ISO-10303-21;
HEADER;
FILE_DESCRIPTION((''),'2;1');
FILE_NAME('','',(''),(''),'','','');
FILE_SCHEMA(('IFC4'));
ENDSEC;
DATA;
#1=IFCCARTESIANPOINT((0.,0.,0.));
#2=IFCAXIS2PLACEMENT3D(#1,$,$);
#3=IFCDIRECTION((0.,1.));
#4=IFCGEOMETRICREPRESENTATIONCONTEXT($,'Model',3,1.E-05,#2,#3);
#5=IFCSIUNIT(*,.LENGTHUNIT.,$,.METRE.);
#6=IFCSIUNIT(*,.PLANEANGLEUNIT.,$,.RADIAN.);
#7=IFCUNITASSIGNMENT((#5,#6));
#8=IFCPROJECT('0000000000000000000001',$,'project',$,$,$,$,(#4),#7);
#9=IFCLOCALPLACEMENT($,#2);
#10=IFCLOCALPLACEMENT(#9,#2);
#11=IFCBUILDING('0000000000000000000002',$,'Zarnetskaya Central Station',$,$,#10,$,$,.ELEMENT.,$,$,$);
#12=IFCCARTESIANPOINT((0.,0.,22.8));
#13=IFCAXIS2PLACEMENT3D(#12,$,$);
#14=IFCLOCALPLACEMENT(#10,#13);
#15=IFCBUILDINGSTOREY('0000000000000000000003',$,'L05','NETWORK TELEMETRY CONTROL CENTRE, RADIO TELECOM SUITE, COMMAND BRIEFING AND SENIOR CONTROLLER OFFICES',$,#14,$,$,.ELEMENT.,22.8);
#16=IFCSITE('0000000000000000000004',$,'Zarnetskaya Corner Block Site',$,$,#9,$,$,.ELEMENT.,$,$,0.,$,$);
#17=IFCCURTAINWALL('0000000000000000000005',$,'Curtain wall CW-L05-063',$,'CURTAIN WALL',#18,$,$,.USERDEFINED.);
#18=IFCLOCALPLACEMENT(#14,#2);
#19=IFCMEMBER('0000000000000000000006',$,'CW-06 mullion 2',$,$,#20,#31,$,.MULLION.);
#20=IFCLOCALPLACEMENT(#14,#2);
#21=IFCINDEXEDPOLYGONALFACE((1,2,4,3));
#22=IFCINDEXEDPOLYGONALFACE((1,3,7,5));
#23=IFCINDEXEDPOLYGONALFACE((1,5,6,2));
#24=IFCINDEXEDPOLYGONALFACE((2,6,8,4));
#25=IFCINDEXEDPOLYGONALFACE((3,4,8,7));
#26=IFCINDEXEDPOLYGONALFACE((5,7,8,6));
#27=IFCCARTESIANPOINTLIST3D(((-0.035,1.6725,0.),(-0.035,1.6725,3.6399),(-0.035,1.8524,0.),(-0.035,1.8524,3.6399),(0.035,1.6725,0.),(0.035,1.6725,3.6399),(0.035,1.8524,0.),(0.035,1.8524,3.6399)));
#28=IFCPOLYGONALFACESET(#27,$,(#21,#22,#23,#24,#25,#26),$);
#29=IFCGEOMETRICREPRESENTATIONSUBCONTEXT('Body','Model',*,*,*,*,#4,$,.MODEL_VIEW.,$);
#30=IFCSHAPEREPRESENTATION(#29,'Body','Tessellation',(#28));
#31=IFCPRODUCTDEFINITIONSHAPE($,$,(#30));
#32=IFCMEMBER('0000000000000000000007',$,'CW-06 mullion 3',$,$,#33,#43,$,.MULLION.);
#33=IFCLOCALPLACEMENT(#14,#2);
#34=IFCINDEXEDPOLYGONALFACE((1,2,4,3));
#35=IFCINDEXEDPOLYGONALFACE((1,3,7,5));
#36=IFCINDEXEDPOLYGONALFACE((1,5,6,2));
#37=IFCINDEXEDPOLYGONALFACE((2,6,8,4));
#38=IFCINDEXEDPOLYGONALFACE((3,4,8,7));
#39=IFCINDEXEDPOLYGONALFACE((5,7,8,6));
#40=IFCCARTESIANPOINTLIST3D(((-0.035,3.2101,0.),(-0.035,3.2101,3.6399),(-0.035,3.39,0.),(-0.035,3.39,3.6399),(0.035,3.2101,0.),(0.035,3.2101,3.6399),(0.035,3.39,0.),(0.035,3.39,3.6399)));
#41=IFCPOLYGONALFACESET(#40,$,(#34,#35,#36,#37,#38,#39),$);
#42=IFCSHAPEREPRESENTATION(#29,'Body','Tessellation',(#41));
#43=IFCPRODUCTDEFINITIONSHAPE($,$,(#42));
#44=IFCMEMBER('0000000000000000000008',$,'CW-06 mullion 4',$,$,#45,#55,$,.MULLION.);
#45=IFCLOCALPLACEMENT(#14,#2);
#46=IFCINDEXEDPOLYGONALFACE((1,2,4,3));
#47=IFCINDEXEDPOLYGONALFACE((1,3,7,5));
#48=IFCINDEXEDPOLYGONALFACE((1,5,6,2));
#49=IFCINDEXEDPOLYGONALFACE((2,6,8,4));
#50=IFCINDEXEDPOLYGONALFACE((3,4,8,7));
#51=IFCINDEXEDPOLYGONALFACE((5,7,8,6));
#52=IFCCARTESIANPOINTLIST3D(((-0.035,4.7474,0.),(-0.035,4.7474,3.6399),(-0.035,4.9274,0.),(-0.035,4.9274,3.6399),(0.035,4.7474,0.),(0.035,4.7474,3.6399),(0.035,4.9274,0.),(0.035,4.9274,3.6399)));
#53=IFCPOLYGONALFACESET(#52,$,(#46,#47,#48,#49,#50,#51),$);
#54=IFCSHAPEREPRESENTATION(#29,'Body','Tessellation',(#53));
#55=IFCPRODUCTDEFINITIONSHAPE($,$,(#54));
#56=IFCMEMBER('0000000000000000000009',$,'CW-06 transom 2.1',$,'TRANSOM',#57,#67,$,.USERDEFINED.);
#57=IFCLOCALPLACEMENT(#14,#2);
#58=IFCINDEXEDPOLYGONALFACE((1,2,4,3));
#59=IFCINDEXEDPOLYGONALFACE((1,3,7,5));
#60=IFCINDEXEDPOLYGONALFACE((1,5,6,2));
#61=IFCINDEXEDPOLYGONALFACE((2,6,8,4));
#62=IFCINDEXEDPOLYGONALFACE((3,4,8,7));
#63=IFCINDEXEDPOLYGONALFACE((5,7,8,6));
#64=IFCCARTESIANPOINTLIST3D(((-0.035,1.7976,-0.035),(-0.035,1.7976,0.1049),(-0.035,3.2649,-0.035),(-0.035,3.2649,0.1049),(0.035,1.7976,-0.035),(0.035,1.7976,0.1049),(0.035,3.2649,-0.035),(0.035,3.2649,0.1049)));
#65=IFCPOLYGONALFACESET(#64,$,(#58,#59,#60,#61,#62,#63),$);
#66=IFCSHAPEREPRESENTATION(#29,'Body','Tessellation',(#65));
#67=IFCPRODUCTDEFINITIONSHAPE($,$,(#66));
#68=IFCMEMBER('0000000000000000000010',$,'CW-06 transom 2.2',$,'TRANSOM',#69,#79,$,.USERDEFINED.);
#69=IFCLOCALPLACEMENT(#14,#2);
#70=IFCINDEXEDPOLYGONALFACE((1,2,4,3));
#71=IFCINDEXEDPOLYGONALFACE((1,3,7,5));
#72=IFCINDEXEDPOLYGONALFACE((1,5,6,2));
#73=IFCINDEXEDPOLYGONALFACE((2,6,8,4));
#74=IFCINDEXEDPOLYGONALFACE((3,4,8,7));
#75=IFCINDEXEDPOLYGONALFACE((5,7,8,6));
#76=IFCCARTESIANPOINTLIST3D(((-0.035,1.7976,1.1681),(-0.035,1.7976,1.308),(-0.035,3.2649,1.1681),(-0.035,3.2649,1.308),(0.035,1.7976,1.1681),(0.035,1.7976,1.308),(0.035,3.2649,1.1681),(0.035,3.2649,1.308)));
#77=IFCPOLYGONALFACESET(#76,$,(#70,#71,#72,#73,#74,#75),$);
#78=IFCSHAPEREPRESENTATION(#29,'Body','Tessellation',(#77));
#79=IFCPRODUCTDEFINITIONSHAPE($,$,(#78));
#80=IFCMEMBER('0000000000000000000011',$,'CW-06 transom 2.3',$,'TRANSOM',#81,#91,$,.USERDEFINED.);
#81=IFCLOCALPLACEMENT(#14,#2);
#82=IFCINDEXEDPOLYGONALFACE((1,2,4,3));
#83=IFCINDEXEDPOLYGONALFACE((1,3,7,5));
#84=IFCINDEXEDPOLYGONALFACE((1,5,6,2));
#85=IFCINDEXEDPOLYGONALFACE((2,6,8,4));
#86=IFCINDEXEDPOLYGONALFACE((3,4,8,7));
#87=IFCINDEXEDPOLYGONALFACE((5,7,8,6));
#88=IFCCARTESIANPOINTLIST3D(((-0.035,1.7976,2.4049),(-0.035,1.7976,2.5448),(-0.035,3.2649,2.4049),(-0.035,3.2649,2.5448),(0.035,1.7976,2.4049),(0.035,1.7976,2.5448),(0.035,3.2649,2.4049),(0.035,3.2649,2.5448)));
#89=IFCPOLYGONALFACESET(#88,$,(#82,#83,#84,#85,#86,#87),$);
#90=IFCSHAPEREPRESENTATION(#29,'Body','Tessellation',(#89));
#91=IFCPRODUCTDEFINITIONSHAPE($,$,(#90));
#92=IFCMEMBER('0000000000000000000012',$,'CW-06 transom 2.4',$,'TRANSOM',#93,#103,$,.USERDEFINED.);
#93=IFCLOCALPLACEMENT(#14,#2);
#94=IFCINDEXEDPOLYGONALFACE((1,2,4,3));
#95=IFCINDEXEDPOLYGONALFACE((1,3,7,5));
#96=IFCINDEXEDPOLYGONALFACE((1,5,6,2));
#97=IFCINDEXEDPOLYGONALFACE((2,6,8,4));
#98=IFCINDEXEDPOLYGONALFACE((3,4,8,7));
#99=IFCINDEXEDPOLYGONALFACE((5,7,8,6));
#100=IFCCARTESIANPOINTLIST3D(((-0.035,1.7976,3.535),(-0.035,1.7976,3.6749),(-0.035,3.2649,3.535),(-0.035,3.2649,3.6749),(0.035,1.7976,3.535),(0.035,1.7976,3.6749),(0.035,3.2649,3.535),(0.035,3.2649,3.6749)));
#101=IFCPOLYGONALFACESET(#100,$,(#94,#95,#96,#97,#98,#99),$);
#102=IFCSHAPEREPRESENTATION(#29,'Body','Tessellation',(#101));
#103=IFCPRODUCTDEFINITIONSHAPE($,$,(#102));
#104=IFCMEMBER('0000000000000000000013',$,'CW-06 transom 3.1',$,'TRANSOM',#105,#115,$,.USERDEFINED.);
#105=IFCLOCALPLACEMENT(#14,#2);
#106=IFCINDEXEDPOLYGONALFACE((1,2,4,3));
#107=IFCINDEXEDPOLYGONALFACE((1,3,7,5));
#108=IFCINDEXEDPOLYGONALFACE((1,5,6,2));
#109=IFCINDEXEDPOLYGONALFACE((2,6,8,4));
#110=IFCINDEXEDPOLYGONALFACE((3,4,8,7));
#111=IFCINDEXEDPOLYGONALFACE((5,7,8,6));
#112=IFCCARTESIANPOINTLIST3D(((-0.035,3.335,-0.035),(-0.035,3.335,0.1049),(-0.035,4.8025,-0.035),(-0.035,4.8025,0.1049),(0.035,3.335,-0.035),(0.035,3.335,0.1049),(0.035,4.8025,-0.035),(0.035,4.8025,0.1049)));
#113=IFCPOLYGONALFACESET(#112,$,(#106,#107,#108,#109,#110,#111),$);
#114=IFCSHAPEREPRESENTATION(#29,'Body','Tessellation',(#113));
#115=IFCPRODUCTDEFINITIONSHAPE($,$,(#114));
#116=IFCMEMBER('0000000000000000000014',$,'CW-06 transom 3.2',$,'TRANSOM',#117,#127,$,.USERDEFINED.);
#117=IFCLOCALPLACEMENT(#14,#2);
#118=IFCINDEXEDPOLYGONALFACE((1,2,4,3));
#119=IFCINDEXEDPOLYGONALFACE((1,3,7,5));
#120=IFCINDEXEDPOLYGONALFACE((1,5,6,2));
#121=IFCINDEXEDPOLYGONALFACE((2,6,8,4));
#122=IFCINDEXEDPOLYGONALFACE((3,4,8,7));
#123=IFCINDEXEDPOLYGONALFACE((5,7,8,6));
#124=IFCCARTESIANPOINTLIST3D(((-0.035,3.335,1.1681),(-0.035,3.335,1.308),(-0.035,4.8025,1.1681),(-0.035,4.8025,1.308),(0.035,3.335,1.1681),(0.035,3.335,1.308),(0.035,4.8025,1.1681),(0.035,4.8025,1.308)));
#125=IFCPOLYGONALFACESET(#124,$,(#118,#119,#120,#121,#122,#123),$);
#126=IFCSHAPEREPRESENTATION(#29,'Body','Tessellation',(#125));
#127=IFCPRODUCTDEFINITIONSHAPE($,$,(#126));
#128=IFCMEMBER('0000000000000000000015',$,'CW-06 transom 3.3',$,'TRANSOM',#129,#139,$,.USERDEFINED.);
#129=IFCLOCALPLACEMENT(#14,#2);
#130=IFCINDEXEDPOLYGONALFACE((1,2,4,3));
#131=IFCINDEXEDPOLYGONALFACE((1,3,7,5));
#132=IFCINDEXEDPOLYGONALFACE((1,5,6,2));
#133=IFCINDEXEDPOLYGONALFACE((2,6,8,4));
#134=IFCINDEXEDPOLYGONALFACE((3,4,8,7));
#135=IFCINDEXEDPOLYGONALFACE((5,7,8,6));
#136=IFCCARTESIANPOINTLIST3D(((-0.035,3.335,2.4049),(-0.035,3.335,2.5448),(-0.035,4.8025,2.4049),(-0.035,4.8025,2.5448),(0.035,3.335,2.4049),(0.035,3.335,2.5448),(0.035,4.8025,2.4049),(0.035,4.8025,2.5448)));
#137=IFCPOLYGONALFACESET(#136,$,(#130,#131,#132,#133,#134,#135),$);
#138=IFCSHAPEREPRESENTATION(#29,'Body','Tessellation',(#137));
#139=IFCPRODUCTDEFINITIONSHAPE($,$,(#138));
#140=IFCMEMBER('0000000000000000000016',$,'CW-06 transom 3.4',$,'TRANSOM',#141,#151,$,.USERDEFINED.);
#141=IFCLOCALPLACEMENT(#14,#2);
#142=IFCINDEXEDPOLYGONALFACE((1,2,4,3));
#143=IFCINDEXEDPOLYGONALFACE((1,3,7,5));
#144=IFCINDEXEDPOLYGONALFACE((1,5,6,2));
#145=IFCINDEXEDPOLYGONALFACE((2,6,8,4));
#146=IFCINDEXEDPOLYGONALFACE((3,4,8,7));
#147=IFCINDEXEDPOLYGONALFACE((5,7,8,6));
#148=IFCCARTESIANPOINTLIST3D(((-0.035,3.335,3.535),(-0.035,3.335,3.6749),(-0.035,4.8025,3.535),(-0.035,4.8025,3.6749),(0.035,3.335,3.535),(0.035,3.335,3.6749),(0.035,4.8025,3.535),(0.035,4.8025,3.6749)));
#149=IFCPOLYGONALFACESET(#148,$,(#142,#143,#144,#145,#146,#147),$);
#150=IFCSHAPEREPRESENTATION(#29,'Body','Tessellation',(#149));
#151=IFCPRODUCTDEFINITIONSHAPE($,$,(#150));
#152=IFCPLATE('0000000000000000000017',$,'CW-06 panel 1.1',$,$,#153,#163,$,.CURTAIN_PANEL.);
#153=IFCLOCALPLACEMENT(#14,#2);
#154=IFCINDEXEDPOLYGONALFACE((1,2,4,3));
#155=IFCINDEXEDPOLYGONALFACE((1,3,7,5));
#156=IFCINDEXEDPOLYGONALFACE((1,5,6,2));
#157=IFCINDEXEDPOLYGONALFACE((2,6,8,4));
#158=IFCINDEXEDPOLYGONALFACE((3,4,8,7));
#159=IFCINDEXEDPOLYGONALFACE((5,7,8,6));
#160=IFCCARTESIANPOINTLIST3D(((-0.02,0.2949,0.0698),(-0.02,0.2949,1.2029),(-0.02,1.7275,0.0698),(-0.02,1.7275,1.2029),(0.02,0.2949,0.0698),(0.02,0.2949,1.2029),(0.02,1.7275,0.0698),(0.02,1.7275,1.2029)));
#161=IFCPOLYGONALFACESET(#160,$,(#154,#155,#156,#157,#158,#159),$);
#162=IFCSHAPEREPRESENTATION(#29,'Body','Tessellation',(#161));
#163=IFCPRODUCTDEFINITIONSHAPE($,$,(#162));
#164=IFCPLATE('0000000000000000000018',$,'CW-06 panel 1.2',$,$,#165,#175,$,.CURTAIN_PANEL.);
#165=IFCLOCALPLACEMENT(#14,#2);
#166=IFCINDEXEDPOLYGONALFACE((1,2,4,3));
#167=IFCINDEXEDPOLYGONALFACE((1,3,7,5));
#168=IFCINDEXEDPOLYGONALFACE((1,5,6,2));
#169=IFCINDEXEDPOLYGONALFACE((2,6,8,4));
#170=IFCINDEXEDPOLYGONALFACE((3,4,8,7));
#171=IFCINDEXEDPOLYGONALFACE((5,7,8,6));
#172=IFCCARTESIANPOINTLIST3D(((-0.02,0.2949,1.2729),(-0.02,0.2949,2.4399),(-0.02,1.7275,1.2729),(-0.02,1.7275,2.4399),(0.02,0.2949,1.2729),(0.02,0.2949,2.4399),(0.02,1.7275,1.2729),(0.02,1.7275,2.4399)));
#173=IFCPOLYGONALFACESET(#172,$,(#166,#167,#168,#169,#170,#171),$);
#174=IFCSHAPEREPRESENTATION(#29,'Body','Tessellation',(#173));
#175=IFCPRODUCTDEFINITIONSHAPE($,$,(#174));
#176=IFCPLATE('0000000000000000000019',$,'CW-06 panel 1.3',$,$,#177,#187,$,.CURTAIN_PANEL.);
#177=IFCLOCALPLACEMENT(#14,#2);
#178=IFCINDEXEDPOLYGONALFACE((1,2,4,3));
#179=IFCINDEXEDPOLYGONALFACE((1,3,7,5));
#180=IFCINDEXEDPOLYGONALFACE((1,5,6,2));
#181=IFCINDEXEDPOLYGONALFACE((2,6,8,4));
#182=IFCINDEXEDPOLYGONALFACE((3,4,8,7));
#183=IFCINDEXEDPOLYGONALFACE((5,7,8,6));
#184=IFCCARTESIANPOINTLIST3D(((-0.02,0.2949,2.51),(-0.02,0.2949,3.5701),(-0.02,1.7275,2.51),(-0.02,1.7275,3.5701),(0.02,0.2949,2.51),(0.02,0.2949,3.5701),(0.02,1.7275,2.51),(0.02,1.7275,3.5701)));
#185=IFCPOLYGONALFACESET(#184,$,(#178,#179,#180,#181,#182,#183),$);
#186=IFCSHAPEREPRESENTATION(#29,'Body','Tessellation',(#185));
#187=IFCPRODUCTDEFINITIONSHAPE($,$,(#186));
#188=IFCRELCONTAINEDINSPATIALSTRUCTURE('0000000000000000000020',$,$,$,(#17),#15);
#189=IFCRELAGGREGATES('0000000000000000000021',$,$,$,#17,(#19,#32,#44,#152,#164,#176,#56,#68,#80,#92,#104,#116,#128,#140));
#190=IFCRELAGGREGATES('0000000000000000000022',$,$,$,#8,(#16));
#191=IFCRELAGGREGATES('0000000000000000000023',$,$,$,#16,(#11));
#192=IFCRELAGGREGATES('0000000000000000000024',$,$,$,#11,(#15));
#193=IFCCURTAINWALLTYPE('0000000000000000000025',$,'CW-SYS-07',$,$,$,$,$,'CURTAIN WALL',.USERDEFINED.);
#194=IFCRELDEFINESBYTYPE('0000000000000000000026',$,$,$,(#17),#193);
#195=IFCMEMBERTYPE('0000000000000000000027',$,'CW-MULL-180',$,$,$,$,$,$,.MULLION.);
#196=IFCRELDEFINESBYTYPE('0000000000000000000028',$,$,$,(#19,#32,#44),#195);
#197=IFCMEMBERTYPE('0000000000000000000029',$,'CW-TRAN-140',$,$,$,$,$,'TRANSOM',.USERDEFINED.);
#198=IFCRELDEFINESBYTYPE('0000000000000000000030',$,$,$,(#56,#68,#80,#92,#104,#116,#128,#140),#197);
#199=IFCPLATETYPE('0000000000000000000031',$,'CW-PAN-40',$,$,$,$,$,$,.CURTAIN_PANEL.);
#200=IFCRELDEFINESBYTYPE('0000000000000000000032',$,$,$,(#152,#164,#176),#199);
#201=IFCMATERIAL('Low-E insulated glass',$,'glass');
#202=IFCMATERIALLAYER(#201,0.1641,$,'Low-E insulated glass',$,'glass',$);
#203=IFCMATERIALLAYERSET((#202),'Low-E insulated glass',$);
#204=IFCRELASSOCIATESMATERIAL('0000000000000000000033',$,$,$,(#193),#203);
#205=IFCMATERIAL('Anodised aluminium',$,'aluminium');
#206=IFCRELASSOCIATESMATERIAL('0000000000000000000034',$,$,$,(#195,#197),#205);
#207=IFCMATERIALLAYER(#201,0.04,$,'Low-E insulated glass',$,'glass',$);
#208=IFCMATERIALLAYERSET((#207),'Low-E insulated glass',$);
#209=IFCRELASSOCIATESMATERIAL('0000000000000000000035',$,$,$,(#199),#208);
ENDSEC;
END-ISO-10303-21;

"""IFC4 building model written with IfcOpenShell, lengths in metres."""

from ifc_helpers import new_model, si_unit, direction, frame, origin, origin_2d, place, context, subcontext, project, spatial, rectangle, extrude, material, layer, layer_set, material_profile, profile_set, type_object, element, aggregate, save


model = new_model("IFC4")

# Units and contexts
model_context = context("Model", 3, precision=1e-05, world=origin(), true_north=direction((0.0, 1.0)))
body_context = subcontext(model_context, "Body", "Model", "MODEL_VIEW")
ifc_project = project(units=[si_unit("LENGTHUNIT", "METRE"), si_unit("PLANEANGLEUNIT", "RADIAN")], contexts=[model_context])

# Site, building, storey
site_placement = place(None, origin())
site = spatial("IfcSite", under=ifc_project, at=site_placement, Name="Zarnetskaya Corner Block Site", CompositionType="ELEMENT", RefElevation=0.0)
building_placement = place(site_placement, origin())
building = spatial("IfcBuilding", under=site, at=building_placement, Name="Zarnetskaya Central Station", CompositionType="ELEMENT")
storey_placement = place(building_placement, frame((0.0, 0.0, 22.8)))
storey = spatial("IfcBuildingStorey", under=building, at=storey_placement, Name="L05", Description="NETWORK TELEMETRY CONTROL CENTRE, RADIO TELECOM SUITE, COMMAND BRIEFING AND SENIOR CONTROLLER OFFICES", CompositionType="ELEMENT", Elevation=22.8)

# Curtain wall, members, plates
ifc_material_1 = material(Name="Low-E insulated glass", Category="glass")
ifc_layer_1 = layer(ifc_material_1, 0.1641, Name="Low-E insulated glass", Category="glass")
ifc_layer_set_1 = layer_set([ifc_layer_1], Name="Low-E insulated glass")
curtain_wall_type = type_object("IfcCurtainWallType", Name="CW-SYS-07", ElementType="CURTAIN WALL", PredefinedType="USERDEFINED", material=ifc_layer_set_1)
curtain_wall_placement = place(storey_placement, origin())
curtain_wall = element("IfcCurtainWall", 1, at=curtain_wall_placement, inside=storey, type_object=curtain_wall_type, Name="Curtain wall CW-L05-063", ObjectType="CURTAIN WALL", PredefinedType="USERDEFINED")
ifc_material_2 = material(Name="Anodised aluminium", Category="aluminium")
ifc_material_profile_1 = material_profile(ifc_material_2, rectangle(XDim=0.0701, YDim=0.1799, at=origin_2d()), Name="ALU MULL 70x180")
ifc_profile_set_1 = profile_set([ifc_material_profile_1], Name="Anodised aluminium")
member_type_1 = type_object("IfcMemberType", Name="CW-MULL-180", PredefinedType="MULLION", material=ifc_profile_set_1)
member_1_placement = place(storey_placement, frame((0.0, 1.7625, 0.0), z_axis=(0.0, 0.0, 1.0), x_axis=(-1.0, 0.0, 0.0)))
member_1 = element("IfcMember", 2, at=member_1_placement, type_object=member_type_1, Name="CW-06 mullion 2", PredefinedType="MULLION", context=body_context, shape_type="SweptSolid", body=[
    extrude(rectangle(XDim=0.0701, YDim=0.1799, at=origin_2d()), origin(), (0.0, 0.0, 1.0), 3.6399),
])
member_2_placement = place(storey_placement, frame((0.0, 3.3, 0.0), z_axis=(0.0, 0.0, 1.0), x_axis=(-1.0, 0.0, 0.0)))
member_2 = element("IfcMember", 3, at=member_2_placement, type_object=member_type_1, Name="CW-06 mullion 3", PredefinedType="MULLION", context=body_context, shape_type="SweptSolid", body=[
    extrude(rectangle(XDim=0.0701, YDim=0.1799, at=origin_2d()), origin(), (0.0, 0.0, 1.0), 3.6399),
])
member_3_placement = place(storey_placement, frame((0.0, 4.8374, 0.0), z_axis=(0.0, 0.0, 1.0), x_axis=(-1.0, 0.0, 0.0)))
member_3 = element("IfcMember", 4, at=member_3_placement, type_object=member_type_1, Name="CW-06 mullion 4", PredefinedType="MULLION", context=body_context, shape_type="SweptSolid", body=[
    extrude(rectangle(XDim=0.0701, YDim=0.1799, at=origin_2d()), origin(), (0.0, 0.0, 1.0), 3.6399),
])
ifc_material_profile_2 = material_profile(ifc_material_2, rectangle(XDim=0.0701, YDim=0.1399, at=origin_2d()), Name="ALU TRAN 70x140")
ifc_profile_set_2 = profile_set([ifc_material_profile_2], Name="Anodised aluminium")
member_type_2 = type_object("IfcMemberType", Name="CW-TRAN-140", ElementType="TRANSOM", PredefinedType="USERDEFINED", material=ifc_profile_set_2)
member_4_placement = place(storey_placement, frame((0.0, 1.7976, 0.0349), z_axis=(0.0, 1.0, 0.0), x_axis=(-1.0, 0.0, 0.0)))
member_4 = element("IfcMember", 5, at=member_4_placement, type_object=member_type_2, Name="CW-06 transom 2.1", ObjectType="TRANSOM", PredefinedType="USERDEFINED", context=body_context, shape_type="SweptSolid", body=[
    extrude(rectangle(XDim=0.0701, YDim=0.1399, at=origin_2d()), origin(), (0.0, 0.0, 1.0), 1.4673),
])
member_5_placement = place(storey_placement, frame((0.0, 1.7976, 1.238), z_axis=(0.0, 1.0, 0.0), x_axis=(-1.0, 0.0, 0.0)))
member_5 = element("IfcMember", 6, at=member_5_placement, type_object=member_type_2, Name="CW-06 transom 2.2", ObjectType="TRANSOM", PredefinedType="USERDEFINED", context=body_context, shape_type="SweptSolid", body=[
    extrude(rectangle(XDim=0.0701, YDim=0.1399, at=origin_2d()), origin(), (0.0, 0.0, 1.0), 1.4673),
])
member_6_placement = place(storey_placement, frame((0.0, 1.7976, 2.4749), z_axis=(0.0, 1.0, 0.0), x_axis=(-1.0, 0.0, 0.0)))
member_6 = element("IfcMember", 7, at=member_6_placement, type_object=member_type_2, Name="CW-06 transom 2.3", ObjectType="TRANSOM", PredefinedType="USERDEFINED", context=body_context, shape_type="SweptSolid", body=[
    extrude(rectangle(XDim=0.0701, YDim=0.1399, at=origin_2d()), origin(), (0.0, 0.0, 1.0), 1.4673),
])
member_7_placement = place(storey_placement, frame((0.0, 1.7976, 3.605), z_axis=(0.0, 1.0, 0.0), x_axis=(-1.0, 0.0, 0.0)))
member_7 = element("IfcMember", 8, at=member_7_placement, type_object=member_type_2, Name="CW-06 transom 2.4", ObjectType="TRANSOM", PredefinedType="USERDEFINED", context=body_context, shape_type="SweptSolid", body=[
    extrude(rectangle(XDim=0.0701, YDim=0.1399, at=origin_2d()), origin(), (0.0, 0.0, 1.0), 1.4673),
])
member_8_placement = place(storey_placement, frame((0.0, 3.335, 0.0349), z_axis=(0.0, 1.0, 0.0), x_axis=(-1.0, 0.0, 0.0)))
member_8 = element("IfcMember", 9, at=member_8_placement, type_object=member_type_2, Name="CW-06 transom 3.1", ObjectType="TRANSOM", PredefinedType="USERDEFINED", context=body_context, shape_type="SweptSolid", body=[
    extrude(rectangle(XDim=0.0701, YDim=0.1399, at=origin_2d()), origin(), (0.0, 0.0, 1.0), 1.4675),
])
member_9_placement = place(storey_placement, frame((0.0, 3.335, 1.238), z_axis=(0.0, 1.0, 0.0), x_axis=(-1.0, 0.0, 0.0)))
member_9 = element("IfcMember", 10, at=member_9_placement, type_object=member_type_2, Name="CW-06 transom 3.2", ObjectType="TRANSOM", PredefinedType="USERDEFINED", context=body_context, shape_type="SweptSolid", body=[
    extrude(rectangle(XDim=0.0701, YDim=0.1399, at=origin_2d()), origin(), (0.0, 0.0, 1.0), 1.4675),
])
member_10_placement = place(storey_placement, frame((0.0, 3.335, 2.4749), z_axis=(0.0, 1.0, 0.0), x_axis=(-1.0, 0.0, 0.0)))
member_10 = element("IfcMember", 11, at=member_10_placement, type_object=member_type_2, Name="CW-06 transom 3.3", ObjectType="TRANSOM", PredefinedType="USERDEFINED", context=body_context, shape_type="SweptSolid", body=[
    extrude(rectangle(XDim=0.0701, YDim=0.1399, at=origin_2d()), origin(), (0.0, 0.0, 1.0), 1.4675),
])
member_11_placement = place(storey_placement, frame((0.0, 3.335, 3.605), z_axis=(0.0, 1.0, 0.0), x_axis=(-1.0, 0.0, 0.0)))
member_11 = element("IfcMember", 12, at=member_11_placement, type_object=member_type_2, Name="CW-06 transom 3.4", ObjectType="TRANSOM", PredefinedType="USERDEFINED", context=body_context, shape_type="SweptSolid", body=[
    extrude(rectangle(XDim=0.0701, YDim=0.1399, at=origin_2d()), origin(), (0.0, 0.0, 1.0), 1.4675),
])
ifc_layer_2 = layer(ifc_material_1, 0.04, Name="Low-E insulated glass", Category="glass")
ifc_layer_set_2 = layer_set([ifc_layer_2], Name="Low-E insulated glass")
plate_type = type_object("IfcPlateType", Name="CW-PAN-40", PredefinedType="CURTAIN_PANEL", material=ifc_layer_set_2)
plate_1_placement = place(storey_placement, frame((0.0, 1.0112, 0.0698), z_axis=(0.0, 0.0, 1.0), x_axis=(0.0, 1.0, 0.0)))
plate_1 = element("IfcPlate", 13, at=plate_1_placement, type_object=plate_type, Name="CW-06 panel 1.1", PredefinedType="CURTAIN_PANEL", context=body_context, shape_type="SweptSolid", body=[
    extrude(rectangle(XDim=1.4326, YDim=0.04, at=origin_2d()), origin(), (0.0, 0.0, 1.0), 1.1331),
])
plate_2_placement = place(storey_placement, frame((0.0, 1.0112, 1.2729), z_axis=(0.0, 0.0, 1.0), x_axis=(0.0, 1.0, 0.0)))
plate_2 = element("IfcPlate", 14, at=plate_2_placement, type_object=plate_type, Name="CW-06 panel 1.2", PredefinedType="CURTAIN_PANEL", context=body_context, shape_type="SweptSolid", body=[
    extrude(rectangle(XDim=1.4326, YDim=0.04, at=origin_2d()), origin(), (0.0, 0.0, 1.0), 1.167),
])
plate_3_placement = place(storey_placement, frame((0.0, 1.0112, 2.51), z_axis=(0.0, 0.0, 1.0), x_axis=(0.0, 1.0, 0.0)))
plate_3 = element("IfcPlate", 15, at=plate_3_placement, type_object=plate_type, Name="CW-06 panel 1.3", PredefinedType="CURTAIN_PANEL", context=body_context, shape_type="SweptSolid", body=[
    extrude(rectangle(XDim=1.4326, YDim=0.04, at=origin_2d()), origin(), (0.0, 0.0, 1.0), 1.0601),
])
aggregate(curtain_wall, [member_1, member_2, member_3, plate_1, plate_2, plate_3, member_4, member_5, member_6, member_7, member_8, member_9, member_10, member_11])

save(model, "model.ifc")
